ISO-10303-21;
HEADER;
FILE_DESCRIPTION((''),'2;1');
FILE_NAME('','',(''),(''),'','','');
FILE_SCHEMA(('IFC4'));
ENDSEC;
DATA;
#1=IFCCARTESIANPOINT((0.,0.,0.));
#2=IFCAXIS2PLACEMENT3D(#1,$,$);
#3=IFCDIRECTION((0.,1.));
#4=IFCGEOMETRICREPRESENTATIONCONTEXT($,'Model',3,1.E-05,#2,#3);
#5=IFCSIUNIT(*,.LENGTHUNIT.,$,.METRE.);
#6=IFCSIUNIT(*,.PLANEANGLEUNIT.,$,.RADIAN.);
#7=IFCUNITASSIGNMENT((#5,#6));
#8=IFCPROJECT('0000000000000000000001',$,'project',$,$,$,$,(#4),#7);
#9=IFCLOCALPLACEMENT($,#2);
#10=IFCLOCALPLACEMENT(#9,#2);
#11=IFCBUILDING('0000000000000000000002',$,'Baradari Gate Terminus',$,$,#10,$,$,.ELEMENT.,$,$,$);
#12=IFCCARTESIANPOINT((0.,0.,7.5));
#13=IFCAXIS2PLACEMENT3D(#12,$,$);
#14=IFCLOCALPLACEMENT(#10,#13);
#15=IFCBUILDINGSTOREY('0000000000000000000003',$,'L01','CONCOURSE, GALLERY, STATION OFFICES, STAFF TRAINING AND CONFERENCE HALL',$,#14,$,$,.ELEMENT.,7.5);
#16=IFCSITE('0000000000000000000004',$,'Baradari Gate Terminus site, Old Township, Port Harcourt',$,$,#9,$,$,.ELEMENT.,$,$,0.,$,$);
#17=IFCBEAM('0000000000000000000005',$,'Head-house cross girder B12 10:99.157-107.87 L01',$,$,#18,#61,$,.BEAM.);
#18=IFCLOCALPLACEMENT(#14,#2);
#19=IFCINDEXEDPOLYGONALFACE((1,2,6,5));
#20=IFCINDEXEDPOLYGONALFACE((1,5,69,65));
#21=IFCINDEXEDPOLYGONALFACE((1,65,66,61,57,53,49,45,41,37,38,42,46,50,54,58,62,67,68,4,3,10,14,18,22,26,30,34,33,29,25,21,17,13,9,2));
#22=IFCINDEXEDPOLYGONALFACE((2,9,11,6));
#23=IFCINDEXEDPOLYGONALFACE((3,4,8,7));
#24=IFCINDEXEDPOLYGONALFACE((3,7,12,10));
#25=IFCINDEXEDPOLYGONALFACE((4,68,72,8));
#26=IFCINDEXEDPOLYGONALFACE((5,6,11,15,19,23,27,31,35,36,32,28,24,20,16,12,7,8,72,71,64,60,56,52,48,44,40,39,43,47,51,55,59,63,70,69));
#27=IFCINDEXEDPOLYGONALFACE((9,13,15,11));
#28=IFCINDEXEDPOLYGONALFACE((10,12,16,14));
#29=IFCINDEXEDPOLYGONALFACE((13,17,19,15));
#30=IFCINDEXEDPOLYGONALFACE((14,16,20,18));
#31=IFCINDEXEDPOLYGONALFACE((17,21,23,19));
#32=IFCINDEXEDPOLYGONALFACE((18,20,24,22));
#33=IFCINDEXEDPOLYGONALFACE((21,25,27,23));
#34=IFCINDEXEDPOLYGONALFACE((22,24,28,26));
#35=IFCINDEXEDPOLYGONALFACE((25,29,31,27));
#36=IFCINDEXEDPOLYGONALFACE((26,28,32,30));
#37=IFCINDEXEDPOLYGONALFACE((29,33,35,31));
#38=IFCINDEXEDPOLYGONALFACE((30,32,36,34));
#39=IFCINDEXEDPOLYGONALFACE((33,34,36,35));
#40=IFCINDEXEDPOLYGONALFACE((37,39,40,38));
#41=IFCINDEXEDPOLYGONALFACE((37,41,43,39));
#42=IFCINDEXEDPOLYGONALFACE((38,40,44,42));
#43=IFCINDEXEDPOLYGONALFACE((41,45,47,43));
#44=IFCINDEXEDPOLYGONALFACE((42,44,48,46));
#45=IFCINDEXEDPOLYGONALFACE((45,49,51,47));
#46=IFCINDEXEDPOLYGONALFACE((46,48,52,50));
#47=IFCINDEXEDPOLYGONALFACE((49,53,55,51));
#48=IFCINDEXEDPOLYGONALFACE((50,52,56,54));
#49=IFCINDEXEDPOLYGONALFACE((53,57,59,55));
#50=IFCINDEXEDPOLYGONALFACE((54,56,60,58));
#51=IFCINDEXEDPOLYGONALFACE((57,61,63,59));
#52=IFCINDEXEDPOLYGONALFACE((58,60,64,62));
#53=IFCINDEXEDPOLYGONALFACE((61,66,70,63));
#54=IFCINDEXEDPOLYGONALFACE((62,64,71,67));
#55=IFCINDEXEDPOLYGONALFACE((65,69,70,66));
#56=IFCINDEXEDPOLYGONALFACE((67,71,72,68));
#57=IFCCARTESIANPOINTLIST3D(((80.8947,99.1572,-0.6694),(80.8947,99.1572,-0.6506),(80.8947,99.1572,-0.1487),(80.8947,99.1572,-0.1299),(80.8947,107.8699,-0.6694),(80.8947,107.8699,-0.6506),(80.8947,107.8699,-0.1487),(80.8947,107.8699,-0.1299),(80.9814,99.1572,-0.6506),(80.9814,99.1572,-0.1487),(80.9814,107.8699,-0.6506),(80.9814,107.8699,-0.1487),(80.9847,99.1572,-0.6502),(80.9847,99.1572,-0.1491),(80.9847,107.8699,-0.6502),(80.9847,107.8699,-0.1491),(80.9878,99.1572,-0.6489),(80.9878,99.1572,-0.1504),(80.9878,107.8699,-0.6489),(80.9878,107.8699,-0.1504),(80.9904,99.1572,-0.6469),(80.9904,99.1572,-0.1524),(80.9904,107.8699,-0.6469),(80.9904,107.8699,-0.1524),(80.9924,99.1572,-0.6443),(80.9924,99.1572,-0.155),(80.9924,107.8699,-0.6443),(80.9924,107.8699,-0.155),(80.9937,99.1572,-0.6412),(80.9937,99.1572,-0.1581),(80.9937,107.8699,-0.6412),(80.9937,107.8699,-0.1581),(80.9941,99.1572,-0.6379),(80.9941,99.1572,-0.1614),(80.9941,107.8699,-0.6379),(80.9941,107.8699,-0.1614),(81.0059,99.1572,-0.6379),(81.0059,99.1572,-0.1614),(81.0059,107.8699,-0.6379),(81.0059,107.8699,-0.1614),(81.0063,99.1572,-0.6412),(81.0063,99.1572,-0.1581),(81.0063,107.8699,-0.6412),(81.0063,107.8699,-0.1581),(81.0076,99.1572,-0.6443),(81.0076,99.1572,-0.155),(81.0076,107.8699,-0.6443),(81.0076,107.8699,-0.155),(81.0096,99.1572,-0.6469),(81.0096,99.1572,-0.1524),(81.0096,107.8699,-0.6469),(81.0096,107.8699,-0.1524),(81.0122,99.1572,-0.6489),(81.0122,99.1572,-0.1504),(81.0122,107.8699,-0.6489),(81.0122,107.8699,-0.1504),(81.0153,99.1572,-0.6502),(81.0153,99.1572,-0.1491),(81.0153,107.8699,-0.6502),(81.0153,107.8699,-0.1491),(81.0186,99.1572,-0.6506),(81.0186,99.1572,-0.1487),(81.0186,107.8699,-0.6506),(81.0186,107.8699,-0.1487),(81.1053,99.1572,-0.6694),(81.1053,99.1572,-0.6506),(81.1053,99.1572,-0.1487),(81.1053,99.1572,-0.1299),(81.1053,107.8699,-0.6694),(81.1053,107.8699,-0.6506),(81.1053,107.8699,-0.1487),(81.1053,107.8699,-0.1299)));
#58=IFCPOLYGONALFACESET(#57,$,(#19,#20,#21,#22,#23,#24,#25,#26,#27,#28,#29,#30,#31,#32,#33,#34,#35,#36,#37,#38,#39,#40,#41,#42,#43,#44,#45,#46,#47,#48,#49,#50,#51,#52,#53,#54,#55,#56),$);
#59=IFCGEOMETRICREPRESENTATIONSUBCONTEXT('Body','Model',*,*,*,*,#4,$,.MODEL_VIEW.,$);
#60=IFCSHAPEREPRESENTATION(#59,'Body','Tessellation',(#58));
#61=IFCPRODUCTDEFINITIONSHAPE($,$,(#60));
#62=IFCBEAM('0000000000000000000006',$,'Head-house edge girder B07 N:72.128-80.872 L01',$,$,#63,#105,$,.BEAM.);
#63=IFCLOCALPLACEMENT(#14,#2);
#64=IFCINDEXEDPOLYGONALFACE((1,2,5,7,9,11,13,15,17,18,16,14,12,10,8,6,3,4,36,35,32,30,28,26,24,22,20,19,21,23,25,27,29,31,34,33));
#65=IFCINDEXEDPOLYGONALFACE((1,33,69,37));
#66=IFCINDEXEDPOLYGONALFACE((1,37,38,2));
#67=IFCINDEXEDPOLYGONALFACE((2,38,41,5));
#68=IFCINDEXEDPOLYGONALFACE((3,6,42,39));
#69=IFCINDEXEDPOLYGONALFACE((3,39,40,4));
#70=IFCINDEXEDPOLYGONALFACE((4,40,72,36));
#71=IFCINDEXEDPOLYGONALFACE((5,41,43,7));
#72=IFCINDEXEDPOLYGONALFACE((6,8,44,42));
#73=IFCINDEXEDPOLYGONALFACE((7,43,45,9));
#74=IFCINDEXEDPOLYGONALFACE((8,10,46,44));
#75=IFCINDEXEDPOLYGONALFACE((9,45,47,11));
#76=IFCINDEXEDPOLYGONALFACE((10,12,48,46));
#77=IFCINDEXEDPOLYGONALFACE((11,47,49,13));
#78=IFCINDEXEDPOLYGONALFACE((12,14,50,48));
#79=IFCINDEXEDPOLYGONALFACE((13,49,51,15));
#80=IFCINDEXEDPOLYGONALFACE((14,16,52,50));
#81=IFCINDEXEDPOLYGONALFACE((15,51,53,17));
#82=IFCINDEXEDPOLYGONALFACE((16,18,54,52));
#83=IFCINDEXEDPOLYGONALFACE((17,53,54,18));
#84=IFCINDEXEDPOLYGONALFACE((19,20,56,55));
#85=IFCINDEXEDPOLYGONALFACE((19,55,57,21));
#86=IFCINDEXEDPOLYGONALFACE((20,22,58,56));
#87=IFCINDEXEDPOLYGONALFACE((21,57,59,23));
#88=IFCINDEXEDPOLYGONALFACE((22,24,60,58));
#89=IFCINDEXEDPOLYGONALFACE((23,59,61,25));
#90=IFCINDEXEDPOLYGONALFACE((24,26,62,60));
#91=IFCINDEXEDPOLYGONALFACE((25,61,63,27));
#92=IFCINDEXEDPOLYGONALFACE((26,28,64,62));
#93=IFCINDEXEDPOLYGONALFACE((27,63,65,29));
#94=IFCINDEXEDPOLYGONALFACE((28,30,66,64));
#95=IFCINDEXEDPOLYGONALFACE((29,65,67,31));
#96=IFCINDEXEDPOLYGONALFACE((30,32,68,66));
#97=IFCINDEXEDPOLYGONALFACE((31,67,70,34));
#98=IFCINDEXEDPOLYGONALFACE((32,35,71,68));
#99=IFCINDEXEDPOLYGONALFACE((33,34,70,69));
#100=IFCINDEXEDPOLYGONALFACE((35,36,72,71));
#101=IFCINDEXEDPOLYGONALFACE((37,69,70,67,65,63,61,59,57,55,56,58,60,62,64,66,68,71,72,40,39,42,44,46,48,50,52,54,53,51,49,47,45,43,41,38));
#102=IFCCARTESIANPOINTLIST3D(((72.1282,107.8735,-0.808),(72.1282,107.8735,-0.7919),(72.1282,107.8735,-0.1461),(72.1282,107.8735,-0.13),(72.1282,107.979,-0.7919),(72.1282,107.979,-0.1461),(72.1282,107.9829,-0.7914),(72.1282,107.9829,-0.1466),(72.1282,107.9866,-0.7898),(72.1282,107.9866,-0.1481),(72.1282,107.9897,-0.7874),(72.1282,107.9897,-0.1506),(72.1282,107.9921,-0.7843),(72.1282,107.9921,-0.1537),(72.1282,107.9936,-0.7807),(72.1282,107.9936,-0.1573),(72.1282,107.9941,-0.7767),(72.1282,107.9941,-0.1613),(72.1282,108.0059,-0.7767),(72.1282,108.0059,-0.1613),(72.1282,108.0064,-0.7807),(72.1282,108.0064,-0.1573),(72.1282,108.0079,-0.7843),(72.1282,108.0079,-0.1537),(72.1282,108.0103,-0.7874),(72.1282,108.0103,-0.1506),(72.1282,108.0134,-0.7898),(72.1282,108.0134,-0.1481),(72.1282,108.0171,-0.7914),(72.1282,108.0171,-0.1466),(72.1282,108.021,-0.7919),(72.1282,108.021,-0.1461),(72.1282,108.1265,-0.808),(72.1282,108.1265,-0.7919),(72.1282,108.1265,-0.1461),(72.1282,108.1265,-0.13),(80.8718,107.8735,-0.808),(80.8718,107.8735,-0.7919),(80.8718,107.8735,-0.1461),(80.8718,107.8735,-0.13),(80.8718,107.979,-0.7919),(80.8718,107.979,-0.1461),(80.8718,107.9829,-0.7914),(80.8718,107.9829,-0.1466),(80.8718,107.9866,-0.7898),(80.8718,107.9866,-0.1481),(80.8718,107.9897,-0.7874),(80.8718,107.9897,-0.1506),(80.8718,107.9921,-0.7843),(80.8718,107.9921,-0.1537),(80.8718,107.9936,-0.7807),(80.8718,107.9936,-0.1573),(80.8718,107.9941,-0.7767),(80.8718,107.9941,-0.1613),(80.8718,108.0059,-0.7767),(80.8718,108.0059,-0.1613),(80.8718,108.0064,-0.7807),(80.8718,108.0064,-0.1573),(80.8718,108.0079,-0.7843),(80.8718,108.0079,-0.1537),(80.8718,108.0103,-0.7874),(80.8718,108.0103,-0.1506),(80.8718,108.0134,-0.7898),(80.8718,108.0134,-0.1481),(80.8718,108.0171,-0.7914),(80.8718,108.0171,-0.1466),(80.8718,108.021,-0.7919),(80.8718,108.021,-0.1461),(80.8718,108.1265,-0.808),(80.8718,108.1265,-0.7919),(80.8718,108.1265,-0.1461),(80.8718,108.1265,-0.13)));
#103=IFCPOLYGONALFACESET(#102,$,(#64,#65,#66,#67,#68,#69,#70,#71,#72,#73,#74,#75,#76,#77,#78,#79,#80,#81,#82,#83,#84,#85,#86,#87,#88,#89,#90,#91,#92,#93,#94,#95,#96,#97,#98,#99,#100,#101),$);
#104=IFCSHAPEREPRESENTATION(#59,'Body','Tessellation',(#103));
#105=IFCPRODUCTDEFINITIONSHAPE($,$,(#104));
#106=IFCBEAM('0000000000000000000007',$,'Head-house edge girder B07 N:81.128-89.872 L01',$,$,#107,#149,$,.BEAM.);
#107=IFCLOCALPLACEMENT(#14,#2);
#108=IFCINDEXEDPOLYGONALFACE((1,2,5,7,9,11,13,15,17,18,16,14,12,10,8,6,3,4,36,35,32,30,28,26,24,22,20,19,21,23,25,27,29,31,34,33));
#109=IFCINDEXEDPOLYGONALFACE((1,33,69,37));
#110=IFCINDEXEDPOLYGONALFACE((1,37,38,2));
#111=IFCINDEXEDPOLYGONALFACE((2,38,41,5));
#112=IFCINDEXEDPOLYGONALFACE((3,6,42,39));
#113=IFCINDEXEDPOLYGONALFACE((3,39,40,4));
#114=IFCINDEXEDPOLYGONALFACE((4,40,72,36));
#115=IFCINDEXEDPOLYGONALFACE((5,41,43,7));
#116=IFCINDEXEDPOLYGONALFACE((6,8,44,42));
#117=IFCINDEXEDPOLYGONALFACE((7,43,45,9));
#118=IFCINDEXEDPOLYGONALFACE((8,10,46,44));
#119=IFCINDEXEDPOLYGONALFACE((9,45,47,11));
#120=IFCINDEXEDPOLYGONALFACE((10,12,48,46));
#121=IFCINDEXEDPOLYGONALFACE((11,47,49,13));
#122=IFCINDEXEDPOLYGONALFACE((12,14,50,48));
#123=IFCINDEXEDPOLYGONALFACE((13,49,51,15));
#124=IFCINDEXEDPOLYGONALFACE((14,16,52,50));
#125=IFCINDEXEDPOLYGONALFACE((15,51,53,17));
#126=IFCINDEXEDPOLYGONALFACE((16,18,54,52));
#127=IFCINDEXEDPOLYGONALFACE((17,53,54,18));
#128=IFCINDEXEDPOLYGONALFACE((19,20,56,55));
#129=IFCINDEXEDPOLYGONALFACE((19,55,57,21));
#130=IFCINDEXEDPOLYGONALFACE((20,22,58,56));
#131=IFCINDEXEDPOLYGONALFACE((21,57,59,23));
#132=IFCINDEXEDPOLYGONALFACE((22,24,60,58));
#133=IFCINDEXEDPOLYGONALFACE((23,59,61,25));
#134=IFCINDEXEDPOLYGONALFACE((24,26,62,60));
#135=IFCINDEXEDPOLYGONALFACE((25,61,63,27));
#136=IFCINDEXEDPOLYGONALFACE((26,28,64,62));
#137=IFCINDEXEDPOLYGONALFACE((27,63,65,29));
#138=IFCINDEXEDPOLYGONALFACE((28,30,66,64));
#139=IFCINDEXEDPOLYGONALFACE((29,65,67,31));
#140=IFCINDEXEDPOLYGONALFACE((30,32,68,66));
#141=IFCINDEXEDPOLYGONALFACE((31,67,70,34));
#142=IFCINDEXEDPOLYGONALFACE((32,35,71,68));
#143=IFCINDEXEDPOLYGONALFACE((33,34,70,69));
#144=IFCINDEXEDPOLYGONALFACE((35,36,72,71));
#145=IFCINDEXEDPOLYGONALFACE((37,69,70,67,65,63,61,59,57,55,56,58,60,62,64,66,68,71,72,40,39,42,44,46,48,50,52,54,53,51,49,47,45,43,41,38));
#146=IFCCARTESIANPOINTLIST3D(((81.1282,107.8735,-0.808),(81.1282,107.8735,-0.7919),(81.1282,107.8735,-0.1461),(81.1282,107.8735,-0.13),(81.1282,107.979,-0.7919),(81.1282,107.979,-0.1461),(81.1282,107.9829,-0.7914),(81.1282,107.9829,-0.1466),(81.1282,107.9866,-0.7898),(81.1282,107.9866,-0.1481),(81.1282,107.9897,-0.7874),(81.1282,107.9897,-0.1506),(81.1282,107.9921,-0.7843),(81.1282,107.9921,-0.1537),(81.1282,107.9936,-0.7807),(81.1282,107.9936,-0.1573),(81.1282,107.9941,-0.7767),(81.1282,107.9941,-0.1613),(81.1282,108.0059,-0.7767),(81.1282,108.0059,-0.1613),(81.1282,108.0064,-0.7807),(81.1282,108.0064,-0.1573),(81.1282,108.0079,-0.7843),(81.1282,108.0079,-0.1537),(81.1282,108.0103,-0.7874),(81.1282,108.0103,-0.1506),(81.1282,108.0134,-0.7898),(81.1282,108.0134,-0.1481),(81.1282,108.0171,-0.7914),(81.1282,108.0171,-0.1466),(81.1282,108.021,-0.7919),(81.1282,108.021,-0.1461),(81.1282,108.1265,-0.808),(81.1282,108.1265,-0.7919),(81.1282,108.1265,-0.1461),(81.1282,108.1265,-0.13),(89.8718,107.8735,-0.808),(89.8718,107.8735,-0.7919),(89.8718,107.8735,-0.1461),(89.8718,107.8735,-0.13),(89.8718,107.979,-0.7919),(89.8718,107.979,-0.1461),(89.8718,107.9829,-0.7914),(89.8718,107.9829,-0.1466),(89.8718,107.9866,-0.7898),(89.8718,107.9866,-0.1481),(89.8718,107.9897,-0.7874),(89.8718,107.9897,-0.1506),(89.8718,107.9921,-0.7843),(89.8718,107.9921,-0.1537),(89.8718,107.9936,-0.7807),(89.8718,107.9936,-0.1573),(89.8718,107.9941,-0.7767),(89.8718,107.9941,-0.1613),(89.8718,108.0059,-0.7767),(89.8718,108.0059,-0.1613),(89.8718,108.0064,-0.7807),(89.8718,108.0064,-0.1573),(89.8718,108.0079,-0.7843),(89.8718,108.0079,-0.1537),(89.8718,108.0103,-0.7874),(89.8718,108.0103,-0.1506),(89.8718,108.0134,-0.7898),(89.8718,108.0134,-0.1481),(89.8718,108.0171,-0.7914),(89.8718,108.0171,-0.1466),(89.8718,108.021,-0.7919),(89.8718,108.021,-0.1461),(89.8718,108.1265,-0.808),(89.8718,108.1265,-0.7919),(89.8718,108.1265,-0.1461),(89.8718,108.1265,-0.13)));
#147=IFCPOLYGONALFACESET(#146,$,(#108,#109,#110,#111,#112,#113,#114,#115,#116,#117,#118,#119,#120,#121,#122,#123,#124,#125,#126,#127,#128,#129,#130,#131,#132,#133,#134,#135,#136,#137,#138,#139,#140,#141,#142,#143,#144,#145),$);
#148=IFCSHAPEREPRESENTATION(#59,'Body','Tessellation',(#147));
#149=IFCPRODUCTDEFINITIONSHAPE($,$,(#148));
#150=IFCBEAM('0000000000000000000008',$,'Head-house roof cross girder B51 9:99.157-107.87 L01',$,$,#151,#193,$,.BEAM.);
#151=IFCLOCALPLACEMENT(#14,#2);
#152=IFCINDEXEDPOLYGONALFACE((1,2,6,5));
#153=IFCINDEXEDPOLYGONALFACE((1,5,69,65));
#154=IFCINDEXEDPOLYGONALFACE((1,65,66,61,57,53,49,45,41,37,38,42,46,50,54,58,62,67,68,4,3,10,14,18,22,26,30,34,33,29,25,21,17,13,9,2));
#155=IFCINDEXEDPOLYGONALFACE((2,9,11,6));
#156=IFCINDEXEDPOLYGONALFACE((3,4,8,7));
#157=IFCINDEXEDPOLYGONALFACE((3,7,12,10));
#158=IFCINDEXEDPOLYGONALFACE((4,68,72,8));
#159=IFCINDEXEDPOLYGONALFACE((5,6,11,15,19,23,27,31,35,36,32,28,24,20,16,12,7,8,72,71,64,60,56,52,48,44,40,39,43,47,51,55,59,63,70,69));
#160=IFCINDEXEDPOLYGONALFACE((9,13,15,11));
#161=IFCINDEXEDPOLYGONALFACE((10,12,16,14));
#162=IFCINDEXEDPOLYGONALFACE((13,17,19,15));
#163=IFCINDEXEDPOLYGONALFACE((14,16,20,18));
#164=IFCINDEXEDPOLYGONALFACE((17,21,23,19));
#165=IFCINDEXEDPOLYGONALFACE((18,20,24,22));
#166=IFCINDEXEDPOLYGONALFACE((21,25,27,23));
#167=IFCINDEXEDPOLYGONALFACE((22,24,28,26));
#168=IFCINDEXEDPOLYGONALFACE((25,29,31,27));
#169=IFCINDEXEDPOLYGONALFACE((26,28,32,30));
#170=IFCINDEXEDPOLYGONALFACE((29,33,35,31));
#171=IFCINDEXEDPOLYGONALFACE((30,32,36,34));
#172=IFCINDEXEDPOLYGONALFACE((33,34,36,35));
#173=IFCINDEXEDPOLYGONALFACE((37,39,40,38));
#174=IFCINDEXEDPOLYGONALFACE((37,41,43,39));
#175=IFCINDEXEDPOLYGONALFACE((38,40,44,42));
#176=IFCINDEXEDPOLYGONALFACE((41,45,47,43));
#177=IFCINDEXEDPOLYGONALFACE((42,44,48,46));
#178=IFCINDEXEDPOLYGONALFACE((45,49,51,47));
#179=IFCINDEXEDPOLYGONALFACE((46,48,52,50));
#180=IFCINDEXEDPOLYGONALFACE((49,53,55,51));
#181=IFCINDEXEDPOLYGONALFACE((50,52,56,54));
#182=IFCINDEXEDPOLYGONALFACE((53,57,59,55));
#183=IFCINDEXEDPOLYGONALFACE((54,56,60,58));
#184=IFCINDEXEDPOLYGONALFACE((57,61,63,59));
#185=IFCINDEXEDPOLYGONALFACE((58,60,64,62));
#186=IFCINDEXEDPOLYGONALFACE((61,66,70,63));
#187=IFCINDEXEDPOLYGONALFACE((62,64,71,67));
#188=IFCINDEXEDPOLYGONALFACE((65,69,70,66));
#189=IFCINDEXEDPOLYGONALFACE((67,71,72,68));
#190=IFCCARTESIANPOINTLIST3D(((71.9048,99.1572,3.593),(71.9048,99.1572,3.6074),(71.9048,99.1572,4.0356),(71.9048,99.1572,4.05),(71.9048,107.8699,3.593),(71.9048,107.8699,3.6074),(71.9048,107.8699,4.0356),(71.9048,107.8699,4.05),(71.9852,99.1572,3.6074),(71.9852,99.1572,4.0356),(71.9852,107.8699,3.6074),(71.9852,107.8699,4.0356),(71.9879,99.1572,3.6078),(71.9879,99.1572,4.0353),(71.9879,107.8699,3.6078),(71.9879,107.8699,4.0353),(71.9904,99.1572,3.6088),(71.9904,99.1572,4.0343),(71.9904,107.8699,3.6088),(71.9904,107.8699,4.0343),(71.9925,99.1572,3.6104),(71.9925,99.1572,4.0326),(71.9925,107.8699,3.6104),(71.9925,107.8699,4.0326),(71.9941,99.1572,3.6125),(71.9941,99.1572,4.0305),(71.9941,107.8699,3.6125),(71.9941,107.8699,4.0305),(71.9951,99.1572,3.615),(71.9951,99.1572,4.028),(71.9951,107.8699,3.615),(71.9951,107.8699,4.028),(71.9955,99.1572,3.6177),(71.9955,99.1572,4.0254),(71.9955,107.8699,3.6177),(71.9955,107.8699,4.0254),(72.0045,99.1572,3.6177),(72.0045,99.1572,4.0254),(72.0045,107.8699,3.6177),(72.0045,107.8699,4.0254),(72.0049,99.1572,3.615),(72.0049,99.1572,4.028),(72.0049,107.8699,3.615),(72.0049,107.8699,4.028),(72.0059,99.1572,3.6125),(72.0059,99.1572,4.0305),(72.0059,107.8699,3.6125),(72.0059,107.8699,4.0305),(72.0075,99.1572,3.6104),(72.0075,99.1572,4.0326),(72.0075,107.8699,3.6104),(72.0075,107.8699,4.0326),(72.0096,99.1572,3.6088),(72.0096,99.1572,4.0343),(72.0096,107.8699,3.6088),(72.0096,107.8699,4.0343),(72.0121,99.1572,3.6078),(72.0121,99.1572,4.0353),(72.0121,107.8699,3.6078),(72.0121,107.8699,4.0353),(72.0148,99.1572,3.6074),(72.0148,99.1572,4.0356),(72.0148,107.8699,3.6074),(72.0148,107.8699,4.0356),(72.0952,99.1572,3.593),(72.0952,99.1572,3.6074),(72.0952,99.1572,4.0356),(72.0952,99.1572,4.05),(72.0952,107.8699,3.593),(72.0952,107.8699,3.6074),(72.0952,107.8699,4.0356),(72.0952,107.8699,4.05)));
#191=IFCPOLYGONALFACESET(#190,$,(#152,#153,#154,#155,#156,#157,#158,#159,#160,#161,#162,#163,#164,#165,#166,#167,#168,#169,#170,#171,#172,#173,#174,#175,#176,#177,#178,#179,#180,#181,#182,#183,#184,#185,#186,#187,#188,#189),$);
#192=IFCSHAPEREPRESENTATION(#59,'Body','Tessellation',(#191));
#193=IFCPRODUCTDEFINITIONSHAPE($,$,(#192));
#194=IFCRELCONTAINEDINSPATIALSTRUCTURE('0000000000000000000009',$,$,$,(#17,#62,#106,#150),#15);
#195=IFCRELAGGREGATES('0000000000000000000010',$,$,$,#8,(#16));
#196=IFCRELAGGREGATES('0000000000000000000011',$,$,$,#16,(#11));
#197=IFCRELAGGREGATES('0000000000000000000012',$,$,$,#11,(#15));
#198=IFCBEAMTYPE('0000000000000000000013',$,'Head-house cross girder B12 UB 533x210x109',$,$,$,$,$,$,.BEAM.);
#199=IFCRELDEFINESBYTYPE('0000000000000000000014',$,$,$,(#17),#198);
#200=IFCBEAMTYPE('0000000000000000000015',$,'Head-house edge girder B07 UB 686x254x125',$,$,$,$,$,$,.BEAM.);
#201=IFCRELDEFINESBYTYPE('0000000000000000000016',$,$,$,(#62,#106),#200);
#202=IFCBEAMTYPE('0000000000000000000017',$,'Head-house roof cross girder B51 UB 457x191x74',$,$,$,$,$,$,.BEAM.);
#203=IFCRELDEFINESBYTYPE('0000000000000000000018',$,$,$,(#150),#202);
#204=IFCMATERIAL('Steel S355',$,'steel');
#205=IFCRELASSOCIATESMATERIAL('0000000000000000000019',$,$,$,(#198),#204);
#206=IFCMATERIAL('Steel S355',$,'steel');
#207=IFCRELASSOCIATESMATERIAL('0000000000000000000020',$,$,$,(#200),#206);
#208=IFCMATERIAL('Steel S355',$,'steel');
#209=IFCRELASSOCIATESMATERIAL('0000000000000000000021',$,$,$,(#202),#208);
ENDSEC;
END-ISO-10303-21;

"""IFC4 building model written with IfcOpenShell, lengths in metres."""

from ifc_helpers import new_model, si_unit, direction, frame, origin, origin_2d, place, context, subcontext, project, spatial, i_section, extrude, material, material_profile, profile_set, type_object, element, save


model = new_model("IFC4")

# Units and contexts
model_context = context("Model", 3, precision=1e-05, world=origin(), true_north=direction((0.0, 1.0)))
body_context = subcontext(model_context, "Body", "Model", "MODEL_VIEW")
ifc_project = project(units=[si_unit("LENGTHUNIT", "METRE"), si_unit("PLANEANGLEUNIT", "RADIAN")], contexts=[model_context])

# Site, building, storey
site_placement = place(None, origin())
site = spatial("IfcSite", under=ifc_project, at=site_placement, Name="Baradari Gate Terminus site, Old Township, Port Harcourt", CompositionType="ELEMENT", RefElevation=0.0)
building_placement = place(site_placement, origin())
building = spatial("IfcBuilding", under=site, at=building_placement, Name="Baradari Gate Terminus", CompositionType="ELEMENT")
storey_placement = place(building_placement, frame((0.0, 0.0, 7.5)))
storey = spatial("IfcBuildingStorey", under=building, at=storey_placement, Name="L01", Description="CONCOURSE, GALLERY, STATION OFFICES, STAFF TRAINING AND CONFERENCE HALL", CompositionType="ELEMENT", Elevation=7.5)

# Beams
ifc_material_1 = material(Name="Steel S355", Category="steel")
ifc_material_profile_1 = material_profile(ifc_material_1, i_section(OverallWidth=0.2107, OverallDepth=0.5396, WebThickness=0.0117, FlangeThickness=0.0188, FilletRadius=0.0127, at=origin_2d()), Name="UB 533x210x109")
ifc_profile_set_1 = profile_set([ifc_material_profile_1], Name="Steel S355")
beam_type_1 = type_object("IfcBeamType", Name="Head-house cross girder B12 UB 533x210x109", PredefinedType="BEAM", material=ifc_profile_set_1)
beam_1_placement = place(storey_placement, frame((81.0, 99.1572, -0.3997), z_axis=(0.0, 1.0, 0.0), x_axis=(-1.0, 0.0, 0.0)))
element("IfcBeam", 1, at=beam_1_placement, inside=storey, type_object=beam_type_1, Name="Head-house cross girder B12 10:99.157-107.87 L01", PredefinedType="BEAM", context=body_context, shape_type="SweptSolid", body=[
    extrude(i_section(OverallWidth=0.2107, OverallDepth=0.5396, WebThickness=0.0117, FlangeThickness=0.0188, FilletRadius=0.0127, at=origin_2d()), origin(), (0.0, 0.0, 1.0), 8.7126),
])
ifc_material_2 = material(Name="Steel S355", Category="steel")
ifc_material_profile_2 = material_profile(ifc_material_2, i_section(OverallWidth=0.2529, OverallDepth=0.678, WebThickness=0.0117, FlangeThickness=0.0161, FilletRadius=0.0151, at=origin_2d()), Name="UB 686x254x125")
ifc_profile_set_2 = profile_set([ifc_material_profile_2], Name="Steel S355")
beam_type_2 = type_object("IfcBeamType", Name="Head-house edge girder B07 UB 686x254x125", PredefinedType="BEAM", material=ifc_profile_set_2)
for number, where, z_axis, x_axis, name in (
    (2, (72.1282, 108.0, -0.469), (1.0, 0.0, 0.0), (0.0, 1.0, 0.0), "Head-house edge girder B07 N:72.128-80.872 L01"),
    (3, (81.1282, 108.0, -0.469), (1.0, 0.0, 0.0), (0.0, 1.0, 0.0), "Head-house edge girder B07 N:81.128-89.872 L01"),
):
    element("IfcBeam", number, at=place(storey_placement, frame(where, z_axis=z_axis, x_axis=x_axis)), inside=storey, type_object=beam_type_2, Name=name, PredefinedType="BEAM", context=body_context, shape_type="SweptSolid", body=[
        extrude(i_section(OverallWidth=0.2529, OverallDepth=0.678, WebThickness=0.0117, FlangeThickness=0.0161, FilletRadius=0.0151, at=origin_2d()), origin(), (0.0, 0.0, 1.0), 8.7437),
    ])
ifc_material_3 = material(Name="Steel S355", Category="steel")
ifc_material_profile_3 = material_profile(ifc_material_3, i_section(OverallWidth=0.1904, OverallDepth=0.457, WebThickness=0.009, FlangeThickness=0.0144, FilletRadius=0.0103, at=origin_2d()), Name="UB 457x191x74")
ifc_profile_set_3 = profile_set([ifc_material_profile_3], Name="Steel S355")
beam_type_3 = type_object("IfcBeamType", Name="Head-house roof cross girder B51 UB 457x191x74", PredefinedType="BEAM", material=ifc_profile_set_3)
for number, where, z_axis, x_axis, name in (
    (4, (72.0, 99.1572, 3.8215), (0.0, 1.0, 0.0), (-1.0, 0.0, 0.0), "Head-house roof cross girder B51 9:99.157-107.87 L01"),
):
    element("IfcBeam", number, at=place(storey_placement, frame(where, z_axis=z_axis, x_axis=x_axis)), inside=storey, type_object=beam_type_3, Name=name, PredefinedType="BEAM", context=body_context, shape_type="SweptSolid", body=[
        extrude(i_section(OverallWidth=0.1904, OverallDepth=0.457, WebThickness=0.009, FlangeThickness=0.0144, FilletRadius=0.0103, at=origin_2d()), origin(), (0.0, 0.0, 1.0), 8.7126),
    ])

save(model, "model.ifc")
